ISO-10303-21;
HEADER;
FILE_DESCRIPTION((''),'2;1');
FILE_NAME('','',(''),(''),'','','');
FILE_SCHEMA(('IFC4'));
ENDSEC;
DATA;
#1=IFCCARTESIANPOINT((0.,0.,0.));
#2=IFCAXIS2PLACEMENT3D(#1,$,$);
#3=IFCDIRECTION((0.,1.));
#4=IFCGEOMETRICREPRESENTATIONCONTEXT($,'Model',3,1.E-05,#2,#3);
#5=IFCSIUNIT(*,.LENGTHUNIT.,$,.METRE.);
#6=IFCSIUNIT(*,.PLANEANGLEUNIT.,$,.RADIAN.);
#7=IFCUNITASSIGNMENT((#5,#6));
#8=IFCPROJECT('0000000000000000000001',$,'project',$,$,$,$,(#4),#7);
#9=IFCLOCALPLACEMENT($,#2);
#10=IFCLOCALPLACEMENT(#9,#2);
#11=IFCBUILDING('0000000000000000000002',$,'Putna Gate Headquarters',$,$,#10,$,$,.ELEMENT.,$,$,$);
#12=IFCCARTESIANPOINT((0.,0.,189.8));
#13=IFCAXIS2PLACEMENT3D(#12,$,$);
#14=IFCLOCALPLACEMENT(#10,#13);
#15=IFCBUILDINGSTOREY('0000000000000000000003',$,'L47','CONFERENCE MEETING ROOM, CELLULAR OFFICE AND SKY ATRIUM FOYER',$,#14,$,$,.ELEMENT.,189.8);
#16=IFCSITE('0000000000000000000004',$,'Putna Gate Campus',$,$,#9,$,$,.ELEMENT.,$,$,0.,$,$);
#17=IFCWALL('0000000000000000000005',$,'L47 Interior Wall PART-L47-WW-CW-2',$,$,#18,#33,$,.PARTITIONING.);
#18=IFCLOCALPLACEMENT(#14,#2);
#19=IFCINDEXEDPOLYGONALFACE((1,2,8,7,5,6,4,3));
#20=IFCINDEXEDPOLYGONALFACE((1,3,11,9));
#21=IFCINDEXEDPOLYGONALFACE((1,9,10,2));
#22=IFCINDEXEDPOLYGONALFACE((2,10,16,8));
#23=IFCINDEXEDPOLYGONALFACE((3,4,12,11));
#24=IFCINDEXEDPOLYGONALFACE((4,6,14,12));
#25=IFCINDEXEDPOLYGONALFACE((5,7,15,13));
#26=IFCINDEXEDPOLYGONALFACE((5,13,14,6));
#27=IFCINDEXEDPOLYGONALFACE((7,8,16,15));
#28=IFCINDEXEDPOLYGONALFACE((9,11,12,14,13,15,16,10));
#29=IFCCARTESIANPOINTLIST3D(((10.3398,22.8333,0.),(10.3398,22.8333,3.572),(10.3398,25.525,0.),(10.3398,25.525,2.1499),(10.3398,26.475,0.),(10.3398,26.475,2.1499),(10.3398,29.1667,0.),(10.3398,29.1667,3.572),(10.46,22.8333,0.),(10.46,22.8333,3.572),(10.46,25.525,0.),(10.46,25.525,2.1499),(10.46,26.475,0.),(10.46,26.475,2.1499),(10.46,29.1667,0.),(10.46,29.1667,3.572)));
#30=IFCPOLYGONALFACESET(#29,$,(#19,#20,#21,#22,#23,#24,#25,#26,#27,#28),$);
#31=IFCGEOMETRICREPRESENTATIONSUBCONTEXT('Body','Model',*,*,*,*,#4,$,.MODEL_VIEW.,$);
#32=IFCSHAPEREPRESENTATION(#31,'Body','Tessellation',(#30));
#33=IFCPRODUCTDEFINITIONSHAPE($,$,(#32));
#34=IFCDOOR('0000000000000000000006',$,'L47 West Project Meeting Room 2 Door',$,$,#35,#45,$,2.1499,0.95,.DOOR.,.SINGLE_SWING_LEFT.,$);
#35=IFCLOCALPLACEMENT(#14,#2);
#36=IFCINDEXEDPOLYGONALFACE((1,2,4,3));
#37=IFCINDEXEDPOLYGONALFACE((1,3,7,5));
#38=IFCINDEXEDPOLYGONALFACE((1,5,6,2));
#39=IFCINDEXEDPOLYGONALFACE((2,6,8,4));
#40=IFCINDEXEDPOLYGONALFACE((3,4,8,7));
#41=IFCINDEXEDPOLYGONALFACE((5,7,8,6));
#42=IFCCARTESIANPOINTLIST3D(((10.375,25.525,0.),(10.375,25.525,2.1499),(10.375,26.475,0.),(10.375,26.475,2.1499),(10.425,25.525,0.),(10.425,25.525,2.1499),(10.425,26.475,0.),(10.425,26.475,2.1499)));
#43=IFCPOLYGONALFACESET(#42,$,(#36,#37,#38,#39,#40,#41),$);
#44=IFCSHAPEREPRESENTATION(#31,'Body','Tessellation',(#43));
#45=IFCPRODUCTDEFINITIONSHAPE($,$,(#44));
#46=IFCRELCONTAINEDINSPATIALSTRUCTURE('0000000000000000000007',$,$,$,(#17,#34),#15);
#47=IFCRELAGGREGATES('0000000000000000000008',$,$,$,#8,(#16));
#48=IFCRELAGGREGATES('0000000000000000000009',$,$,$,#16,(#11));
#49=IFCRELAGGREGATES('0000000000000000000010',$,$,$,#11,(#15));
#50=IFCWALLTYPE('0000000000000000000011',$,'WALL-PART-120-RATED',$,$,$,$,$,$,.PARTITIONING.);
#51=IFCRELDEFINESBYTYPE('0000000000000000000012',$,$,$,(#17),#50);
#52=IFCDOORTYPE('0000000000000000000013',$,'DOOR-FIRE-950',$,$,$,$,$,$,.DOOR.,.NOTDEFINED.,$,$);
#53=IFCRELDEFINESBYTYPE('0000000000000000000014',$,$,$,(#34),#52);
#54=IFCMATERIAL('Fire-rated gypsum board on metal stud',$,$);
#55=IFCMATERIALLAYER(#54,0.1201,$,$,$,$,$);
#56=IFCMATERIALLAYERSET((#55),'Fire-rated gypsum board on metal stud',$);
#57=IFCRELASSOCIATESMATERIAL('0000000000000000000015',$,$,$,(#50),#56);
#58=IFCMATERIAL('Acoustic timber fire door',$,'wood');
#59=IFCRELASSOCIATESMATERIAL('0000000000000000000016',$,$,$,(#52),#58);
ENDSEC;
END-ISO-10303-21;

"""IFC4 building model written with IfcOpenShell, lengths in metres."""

from ifc_helpers import new_model, si_unit, direction, frame, frame_2d, origin, place, context, subcontext, project, spatial, rectangle, extrude, material, layer, layer_set, type_object, element, fill, save


model = new_model("IFC4")

# Units and contexts
model_context = context("Model", 3, precision=1e-05, world=origin(), true_north=direction((0.0, 1.0)))
body_context = subcontext(model_context, "Body", "Model", "MODEL_VIEW")
ifc_project = project(units=[si_unit("LENGTHUNIT", "METRE"), si_unit("PLANEANGLEUNIT", "RADIAN")], contexts=[model_context])

# Site, building, storey
site_placement = place(None, origin())
site = spatial("IfcSite", under=ifc_project, at=site_placement, Name="Putna Gate Campus", CompositionType="ELEMENT", RefElevation=0.0)
building_placement = place(site_placement, origin())
building = spatial("IfcBuilding", under=site, at=building_placement, Name="Putna Gate Headquarters", CompositionType="ELEMENT")
storey_placement = place(building_placement, frame((0.0, 0.0, 189.8)))
storey = spatial("IfcBuildingStorey", under=building, at=storey_placement, Name="L47", Description="CONFERENCE MEETING ROOM, CELLULAR OFFICE AND SKY ATRIUM FOYER", CompositionType="ELEMENT", Elevation=189.8)

# Wall, opening, door
ifc_material_1 = material(Name="Fire-rated gypsum board on metal stud")
ifc_layer_1 = layer(ifc_material_1, 0.1201)
ifc_layer_set_1 = layer_set([ifc_layer_1], Name="Fire-rated gypsum board on metal stud")
wall_type_1 = type_object("IfcWallType", Name="WALL-PART-120-RATED", PredefinedType="PARTITIONING", material=ifc_layer_set_1)
ifc_material_2 = material(Name="Acoustic timber fire door", Category="wood")
door_type = type_object("IfcDoorType", Name="DOOR-FIRE-950", OperationType="NOTDEFINED", PredefinedType="DOOR", material=ifc_material_2)
wall_1_placement = place(storey_placement, frame((10.3999, 22.8333, 0.0), z_axis=(0.0, 0.0, 1.0), x_axis=(0.0, 1.0, 0.0)))
wall_1 = element("IfcWall", 1, at=wall_1_placement, inside=storey, type_object=wall_type_1, Name="L47 Interior Wall PART-L47-WW-CW-2", PredefinedType="PARTITIONING", context=body_context, shape_type="SweptSolid", body=[
    extrude(rectangle(XDim=6.3335, YDim=0.1201, at=frame_2d((3.1667, 0.0))), origin(), (0.0, 0.0, 1.0), 3.572),
])
opening_1_placement = place(wall_1_placement, frame((2.6917, 0.0, 0.0)))
opening_1 = element("IfcOpeningElement", 2, at=opening_1_placement, cuts=wall_1, PredefinedType="OPENING", context=body_context, shape_type="SweptSolid", body=[
    extrude(rectangle(XDim=0.95, YDim=2.1499, at=frame_2d((0.4751, 1.075))), frame((0.0, 0.0701, 0.0), z_axis=(0.0, -1.0, 0.0), x_axis=(1.0, 0.0, 0.0)), (0.0, 0.0, 1.0), 0.1401),
])
door_1_placement = place(opening_1_placement, origin())
door_1 = element("IfcDoor", 3, at=door_1_placement, inside=storey, type_object=door_type, Name="L47 West Project Meeting Room 2 Door", OperationType="SINGLE_SWING_LEFT", OverallHeight=2.1499, OverallWidth=0.95, PredefinedType="DOOR", context=body_context, shape_type="SweptSolid", body=[
    extrude(rectangle(XDim=0.95, YDim=2.1499, at=frame_2d((0.4751, 1.075))), frame((0.0, 0.0249, 0.0), z_axis=(0.0, -1.0, 0.0), x_axis=(1.0, 0.0, 0.0)), (0.0, 0.0, 1.0), 0.05),
])
fill(opening_1, door_1)

save(model, "model.ifc")
